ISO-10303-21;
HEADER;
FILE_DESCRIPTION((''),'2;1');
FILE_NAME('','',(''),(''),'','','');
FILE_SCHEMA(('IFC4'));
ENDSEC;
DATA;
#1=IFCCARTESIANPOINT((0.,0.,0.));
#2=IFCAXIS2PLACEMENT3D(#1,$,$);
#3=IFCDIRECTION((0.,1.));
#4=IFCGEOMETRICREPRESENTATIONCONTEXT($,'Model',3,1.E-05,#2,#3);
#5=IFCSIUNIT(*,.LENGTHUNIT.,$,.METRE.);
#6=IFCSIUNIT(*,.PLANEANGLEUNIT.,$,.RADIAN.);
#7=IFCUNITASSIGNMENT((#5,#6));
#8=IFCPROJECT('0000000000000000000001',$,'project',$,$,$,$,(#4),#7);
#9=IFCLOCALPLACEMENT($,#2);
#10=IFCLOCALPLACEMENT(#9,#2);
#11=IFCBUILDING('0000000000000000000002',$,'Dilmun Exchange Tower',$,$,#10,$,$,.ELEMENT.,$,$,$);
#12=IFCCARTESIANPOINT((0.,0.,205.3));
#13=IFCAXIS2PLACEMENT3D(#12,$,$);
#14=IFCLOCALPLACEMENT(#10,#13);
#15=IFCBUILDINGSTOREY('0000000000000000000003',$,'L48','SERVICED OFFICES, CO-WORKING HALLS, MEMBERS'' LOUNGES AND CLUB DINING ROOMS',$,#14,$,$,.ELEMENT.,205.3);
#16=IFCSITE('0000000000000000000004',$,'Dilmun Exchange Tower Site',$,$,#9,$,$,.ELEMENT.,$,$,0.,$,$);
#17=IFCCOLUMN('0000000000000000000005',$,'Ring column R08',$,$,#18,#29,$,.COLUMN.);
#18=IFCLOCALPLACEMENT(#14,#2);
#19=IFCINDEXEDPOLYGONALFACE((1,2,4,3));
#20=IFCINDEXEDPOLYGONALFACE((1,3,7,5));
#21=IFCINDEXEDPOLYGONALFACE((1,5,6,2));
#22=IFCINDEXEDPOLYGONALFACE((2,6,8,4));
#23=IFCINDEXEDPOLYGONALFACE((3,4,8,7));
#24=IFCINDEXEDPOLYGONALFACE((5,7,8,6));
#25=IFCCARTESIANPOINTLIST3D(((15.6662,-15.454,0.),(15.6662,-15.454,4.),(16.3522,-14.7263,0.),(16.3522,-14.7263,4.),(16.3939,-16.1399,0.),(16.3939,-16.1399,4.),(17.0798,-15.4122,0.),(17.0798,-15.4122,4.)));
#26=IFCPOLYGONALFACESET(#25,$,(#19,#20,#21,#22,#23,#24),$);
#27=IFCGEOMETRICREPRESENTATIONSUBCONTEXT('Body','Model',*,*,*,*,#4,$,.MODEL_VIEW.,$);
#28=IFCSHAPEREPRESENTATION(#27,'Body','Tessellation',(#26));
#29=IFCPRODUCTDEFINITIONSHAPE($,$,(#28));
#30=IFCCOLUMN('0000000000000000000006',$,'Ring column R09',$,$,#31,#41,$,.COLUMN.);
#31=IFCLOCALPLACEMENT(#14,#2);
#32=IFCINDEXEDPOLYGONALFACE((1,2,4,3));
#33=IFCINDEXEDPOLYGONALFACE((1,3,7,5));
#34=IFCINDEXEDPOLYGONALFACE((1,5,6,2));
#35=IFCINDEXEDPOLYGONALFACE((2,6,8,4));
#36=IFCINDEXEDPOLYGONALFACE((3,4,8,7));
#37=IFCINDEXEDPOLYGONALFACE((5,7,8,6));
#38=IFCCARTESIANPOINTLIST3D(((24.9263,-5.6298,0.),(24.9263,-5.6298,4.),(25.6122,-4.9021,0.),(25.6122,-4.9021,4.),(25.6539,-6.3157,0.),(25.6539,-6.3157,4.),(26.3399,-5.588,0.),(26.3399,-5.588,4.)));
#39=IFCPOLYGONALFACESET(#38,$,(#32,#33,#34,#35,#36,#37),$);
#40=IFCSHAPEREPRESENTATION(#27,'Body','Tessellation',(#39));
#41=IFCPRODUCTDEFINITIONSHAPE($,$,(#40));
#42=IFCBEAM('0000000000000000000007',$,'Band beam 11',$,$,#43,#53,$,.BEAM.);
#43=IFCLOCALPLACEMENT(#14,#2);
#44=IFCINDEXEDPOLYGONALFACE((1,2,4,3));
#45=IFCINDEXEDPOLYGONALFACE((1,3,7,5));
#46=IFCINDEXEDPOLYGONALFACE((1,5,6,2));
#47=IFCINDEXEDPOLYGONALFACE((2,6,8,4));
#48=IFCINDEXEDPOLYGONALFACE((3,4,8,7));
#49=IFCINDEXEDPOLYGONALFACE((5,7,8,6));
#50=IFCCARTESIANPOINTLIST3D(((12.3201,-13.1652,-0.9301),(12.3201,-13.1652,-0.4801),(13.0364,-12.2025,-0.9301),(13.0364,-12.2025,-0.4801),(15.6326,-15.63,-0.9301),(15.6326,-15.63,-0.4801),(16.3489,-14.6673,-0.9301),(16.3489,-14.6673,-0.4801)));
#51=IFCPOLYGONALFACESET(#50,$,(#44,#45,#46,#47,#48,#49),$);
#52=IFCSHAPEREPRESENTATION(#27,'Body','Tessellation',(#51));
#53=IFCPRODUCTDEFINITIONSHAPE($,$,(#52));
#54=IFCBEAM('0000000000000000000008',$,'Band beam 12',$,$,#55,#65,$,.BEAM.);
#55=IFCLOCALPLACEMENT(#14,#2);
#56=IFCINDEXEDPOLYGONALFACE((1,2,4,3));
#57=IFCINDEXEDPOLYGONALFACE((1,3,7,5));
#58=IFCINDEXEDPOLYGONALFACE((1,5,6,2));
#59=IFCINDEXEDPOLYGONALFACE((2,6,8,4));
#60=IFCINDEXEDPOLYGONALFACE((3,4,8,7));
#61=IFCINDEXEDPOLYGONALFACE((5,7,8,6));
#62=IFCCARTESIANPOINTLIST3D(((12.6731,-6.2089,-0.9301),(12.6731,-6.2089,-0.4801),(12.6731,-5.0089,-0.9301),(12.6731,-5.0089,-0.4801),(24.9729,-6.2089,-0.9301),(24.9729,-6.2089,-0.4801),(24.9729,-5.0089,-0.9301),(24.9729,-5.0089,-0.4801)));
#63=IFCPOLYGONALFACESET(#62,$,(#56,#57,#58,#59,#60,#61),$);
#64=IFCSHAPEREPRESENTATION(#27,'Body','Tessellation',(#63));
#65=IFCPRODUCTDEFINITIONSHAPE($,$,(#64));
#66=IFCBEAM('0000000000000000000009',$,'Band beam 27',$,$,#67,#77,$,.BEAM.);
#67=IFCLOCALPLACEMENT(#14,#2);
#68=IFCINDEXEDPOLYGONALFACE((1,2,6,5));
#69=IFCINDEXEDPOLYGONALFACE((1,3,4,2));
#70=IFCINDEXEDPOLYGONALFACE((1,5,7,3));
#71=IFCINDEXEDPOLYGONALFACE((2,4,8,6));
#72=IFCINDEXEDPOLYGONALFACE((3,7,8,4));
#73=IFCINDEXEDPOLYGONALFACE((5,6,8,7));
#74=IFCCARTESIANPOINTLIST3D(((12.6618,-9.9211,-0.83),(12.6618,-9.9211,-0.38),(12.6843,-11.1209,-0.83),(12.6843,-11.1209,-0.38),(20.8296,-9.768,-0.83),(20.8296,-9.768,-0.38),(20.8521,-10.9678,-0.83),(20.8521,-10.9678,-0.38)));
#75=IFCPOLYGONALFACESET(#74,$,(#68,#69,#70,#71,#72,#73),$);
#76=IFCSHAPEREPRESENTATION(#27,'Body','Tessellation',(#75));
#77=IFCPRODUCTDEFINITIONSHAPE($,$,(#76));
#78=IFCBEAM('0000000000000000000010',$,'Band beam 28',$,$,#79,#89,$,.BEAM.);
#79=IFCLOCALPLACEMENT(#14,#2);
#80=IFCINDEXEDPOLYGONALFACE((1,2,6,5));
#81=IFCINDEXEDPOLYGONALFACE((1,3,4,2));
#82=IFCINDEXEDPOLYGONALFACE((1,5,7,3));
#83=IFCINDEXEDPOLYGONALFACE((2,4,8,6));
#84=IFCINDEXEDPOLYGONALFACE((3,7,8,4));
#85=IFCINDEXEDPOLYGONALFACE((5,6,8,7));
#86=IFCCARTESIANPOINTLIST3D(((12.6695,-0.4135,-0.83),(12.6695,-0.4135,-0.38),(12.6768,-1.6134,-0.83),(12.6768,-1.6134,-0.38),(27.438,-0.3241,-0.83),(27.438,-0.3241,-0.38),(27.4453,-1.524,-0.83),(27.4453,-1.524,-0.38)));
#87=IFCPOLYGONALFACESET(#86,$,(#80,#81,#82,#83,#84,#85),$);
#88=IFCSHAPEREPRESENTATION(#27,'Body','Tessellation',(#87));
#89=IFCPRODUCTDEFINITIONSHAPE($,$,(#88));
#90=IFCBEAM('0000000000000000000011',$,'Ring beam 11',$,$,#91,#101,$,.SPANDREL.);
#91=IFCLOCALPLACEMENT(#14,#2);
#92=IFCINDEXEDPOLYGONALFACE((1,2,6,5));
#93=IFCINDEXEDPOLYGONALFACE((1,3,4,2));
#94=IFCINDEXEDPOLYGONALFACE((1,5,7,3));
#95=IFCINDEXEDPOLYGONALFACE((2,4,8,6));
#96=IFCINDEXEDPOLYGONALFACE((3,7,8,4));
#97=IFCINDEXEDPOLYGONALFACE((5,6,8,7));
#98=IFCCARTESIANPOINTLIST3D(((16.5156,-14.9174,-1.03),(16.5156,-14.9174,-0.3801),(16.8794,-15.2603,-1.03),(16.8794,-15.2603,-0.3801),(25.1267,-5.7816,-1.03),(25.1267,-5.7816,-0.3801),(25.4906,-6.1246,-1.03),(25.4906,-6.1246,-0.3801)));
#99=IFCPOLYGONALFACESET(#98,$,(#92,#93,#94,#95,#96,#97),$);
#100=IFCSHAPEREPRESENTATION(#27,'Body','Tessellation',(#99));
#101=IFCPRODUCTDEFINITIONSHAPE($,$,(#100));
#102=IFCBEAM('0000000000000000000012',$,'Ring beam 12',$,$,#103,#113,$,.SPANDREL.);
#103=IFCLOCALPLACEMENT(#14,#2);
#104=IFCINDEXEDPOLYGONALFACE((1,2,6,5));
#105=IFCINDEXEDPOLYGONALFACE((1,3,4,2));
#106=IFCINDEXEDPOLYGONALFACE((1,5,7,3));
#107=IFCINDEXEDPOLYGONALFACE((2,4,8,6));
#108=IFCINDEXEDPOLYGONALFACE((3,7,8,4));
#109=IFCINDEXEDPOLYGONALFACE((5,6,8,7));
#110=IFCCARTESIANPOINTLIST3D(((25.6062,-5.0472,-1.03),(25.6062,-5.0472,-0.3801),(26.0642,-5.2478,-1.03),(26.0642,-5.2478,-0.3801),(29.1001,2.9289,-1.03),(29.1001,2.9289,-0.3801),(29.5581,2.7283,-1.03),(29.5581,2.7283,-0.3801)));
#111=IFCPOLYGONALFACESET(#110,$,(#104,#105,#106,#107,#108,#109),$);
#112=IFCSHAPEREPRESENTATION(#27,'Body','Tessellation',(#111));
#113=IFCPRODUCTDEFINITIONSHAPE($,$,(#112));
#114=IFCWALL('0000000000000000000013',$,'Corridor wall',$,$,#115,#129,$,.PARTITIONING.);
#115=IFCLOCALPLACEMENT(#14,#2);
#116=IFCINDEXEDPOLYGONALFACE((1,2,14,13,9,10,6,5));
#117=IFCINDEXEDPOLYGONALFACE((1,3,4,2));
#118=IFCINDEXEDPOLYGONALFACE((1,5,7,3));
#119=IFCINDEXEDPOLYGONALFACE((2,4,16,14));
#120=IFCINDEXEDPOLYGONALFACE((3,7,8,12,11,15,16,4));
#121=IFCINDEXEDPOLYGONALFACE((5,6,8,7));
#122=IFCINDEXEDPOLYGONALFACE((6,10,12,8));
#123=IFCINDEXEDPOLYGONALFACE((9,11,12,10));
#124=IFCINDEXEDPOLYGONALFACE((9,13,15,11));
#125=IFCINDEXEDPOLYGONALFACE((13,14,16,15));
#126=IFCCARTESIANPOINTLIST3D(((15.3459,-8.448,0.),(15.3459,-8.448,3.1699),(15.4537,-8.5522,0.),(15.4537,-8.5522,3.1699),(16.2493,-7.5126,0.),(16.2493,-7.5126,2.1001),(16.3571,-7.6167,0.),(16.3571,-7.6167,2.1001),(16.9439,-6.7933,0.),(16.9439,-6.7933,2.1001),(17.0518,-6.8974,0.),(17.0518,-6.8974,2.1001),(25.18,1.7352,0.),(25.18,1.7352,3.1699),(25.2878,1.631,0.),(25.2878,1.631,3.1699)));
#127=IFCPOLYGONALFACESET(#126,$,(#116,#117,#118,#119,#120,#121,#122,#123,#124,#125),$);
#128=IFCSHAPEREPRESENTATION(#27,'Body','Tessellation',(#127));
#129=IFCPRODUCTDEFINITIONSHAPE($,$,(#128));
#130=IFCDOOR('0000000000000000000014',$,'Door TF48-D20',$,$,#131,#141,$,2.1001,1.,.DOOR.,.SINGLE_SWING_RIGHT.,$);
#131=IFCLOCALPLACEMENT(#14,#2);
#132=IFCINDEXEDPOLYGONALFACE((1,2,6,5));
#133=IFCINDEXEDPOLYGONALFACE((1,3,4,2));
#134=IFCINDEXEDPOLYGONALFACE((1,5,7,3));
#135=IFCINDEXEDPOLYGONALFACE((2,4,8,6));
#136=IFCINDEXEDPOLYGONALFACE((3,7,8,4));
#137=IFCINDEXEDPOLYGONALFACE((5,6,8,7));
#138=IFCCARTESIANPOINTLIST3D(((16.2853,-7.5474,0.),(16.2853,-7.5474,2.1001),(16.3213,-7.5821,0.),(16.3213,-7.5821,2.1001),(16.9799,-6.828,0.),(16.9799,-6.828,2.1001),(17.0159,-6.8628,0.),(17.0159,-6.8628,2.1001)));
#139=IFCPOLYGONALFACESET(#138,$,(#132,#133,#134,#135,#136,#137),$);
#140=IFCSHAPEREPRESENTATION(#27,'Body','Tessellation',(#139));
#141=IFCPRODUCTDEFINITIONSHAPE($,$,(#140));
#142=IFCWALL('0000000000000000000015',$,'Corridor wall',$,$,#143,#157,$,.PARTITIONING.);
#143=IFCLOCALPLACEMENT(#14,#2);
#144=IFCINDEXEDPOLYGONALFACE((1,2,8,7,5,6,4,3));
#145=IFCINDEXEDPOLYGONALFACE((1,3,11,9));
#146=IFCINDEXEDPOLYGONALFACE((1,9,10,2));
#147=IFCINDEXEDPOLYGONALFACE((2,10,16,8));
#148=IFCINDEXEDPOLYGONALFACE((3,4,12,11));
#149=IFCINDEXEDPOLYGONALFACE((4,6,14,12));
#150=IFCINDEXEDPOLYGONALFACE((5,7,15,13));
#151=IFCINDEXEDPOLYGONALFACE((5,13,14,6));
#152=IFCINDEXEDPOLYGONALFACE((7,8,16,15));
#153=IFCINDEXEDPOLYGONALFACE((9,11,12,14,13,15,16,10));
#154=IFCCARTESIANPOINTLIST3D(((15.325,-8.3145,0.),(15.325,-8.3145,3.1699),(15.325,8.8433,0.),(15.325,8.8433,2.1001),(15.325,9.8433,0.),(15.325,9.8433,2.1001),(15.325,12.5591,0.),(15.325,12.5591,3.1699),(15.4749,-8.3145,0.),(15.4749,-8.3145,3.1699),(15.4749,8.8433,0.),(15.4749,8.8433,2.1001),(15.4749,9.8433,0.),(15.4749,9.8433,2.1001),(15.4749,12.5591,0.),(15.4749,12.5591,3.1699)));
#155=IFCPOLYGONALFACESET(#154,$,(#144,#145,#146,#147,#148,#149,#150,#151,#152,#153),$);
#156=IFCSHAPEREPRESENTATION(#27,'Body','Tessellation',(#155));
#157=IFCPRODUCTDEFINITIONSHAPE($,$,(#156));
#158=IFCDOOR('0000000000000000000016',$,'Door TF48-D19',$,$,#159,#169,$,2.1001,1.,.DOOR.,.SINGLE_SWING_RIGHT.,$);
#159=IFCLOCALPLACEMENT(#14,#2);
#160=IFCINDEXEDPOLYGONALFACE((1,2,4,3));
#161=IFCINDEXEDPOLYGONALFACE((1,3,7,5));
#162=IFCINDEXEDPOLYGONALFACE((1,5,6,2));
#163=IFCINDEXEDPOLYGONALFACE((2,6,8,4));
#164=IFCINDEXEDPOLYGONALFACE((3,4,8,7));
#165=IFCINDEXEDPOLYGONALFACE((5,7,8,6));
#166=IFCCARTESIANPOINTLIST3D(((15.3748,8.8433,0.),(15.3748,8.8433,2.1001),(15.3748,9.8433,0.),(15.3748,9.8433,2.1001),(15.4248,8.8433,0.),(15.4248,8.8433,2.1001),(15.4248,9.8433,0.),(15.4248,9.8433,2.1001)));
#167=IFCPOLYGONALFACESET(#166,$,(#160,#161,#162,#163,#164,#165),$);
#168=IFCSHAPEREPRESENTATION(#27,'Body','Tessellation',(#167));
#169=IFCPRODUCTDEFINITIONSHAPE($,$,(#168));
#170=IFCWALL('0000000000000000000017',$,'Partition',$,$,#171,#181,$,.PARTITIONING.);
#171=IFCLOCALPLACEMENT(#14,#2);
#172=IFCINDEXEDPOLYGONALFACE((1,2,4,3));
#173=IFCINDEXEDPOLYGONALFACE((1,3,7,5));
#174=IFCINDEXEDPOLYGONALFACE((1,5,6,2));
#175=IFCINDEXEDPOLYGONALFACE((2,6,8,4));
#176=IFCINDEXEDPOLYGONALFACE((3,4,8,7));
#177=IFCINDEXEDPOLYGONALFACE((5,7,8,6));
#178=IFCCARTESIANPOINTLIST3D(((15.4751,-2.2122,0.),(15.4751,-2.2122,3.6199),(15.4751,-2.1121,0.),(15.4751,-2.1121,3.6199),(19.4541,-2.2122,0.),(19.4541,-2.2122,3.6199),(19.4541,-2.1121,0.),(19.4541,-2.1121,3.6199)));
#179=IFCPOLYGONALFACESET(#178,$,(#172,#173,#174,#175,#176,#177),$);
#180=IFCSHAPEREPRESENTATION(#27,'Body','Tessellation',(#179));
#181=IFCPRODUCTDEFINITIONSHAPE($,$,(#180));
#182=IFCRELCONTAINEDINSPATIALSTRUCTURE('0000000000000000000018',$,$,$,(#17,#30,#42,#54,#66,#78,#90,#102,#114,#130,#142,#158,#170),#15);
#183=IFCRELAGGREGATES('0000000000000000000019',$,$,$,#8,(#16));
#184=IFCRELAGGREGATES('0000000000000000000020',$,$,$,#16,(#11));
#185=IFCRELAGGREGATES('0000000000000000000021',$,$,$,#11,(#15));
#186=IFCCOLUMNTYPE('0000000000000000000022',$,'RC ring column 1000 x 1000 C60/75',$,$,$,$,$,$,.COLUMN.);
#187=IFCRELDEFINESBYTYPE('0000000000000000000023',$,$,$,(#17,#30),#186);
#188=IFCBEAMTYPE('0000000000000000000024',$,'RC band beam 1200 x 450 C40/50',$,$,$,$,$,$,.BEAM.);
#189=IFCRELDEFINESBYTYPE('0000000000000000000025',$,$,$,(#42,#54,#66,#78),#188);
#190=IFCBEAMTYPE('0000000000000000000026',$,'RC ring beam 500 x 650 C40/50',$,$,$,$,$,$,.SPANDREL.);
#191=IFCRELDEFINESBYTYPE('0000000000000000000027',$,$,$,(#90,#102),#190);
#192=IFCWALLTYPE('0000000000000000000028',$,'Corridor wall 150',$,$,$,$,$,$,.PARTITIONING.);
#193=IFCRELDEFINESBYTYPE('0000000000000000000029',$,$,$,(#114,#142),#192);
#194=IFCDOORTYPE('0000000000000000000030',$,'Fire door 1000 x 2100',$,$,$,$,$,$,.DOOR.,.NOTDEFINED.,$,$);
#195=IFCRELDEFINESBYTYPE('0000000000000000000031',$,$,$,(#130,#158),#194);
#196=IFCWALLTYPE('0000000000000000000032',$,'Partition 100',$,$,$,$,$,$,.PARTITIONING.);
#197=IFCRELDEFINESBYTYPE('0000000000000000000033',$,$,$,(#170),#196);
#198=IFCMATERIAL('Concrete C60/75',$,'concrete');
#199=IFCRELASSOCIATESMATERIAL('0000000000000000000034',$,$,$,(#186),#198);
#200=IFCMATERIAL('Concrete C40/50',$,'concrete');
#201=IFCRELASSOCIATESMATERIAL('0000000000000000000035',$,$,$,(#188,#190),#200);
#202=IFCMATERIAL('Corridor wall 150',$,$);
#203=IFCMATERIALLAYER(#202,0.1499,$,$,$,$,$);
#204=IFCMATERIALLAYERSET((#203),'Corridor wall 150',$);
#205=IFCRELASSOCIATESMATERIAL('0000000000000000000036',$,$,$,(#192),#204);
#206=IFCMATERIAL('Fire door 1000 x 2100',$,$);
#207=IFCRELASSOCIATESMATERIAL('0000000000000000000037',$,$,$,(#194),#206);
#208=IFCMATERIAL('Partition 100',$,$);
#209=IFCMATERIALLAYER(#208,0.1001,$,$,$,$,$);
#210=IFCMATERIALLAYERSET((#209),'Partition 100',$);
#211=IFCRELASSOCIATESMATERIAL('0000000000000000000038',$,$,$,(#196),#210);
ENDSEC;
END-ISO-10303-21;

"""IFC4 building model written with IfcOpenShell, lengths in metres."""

from ifc_helpers import new_model, si_unit, direction, frame, frame_2d, origin, origin_2d, place, context, subcontext, project, spatial, rectangle, extrude, material, layer, layer_set, material_profile, profile_set, type_object, element, fill, save


model = new_model("IFC4")

# Units and contexts
model_context = context("Model", 3, precision=1e-05, world=origin(), true_north=direction((0.0, 1.0)))
body_context = subcontext(model_context, "Body", "Model", "MODEL_VIEW")
ifc_project = project(units=[si_unit("LENGTHUNIT", "METRE"), si_unit("PLANEANGLEUNIT", "RADIAN")], contexts=[model_context])

# Site, building, storey
site_placement = place(None, origin())
site = spatial("IfcSite", under=ifc_project, at=site_placement, Name="Dilmun Exchange Tower Site", CompositionType="ELEMENT", RefElevation=0.0)
building_placement = place(site_placement, origin())
building = spatial("IfcBuilding", under=site, at=building_placement, Name="Dilmun Exchange Tower", CompositionType="ELEMENT")
storey_placement = place(building_placement, frame((0.0, 0.0, 205.3)))
storey = spatial("IfcBuildingStorey", under=building, at=storey_placement, Name="L48", Description="SERVICED OFFICES, CO-WORKING HALLS, MEMBERS' LOUNGES AND CLUB DINING ROOMS", CompositionType="ELEMENT", Elevation=205.3)

# Columns
ifc_material_1 = material(Name="Concrete C60/75", Category="concrete")
ifc_material_profile_1 = material_profile(ifc_material_1, rectangle(XDim=1.0, YDim=1.0, at=origin_2d()), Name="1000 x 1000")
ifc_profile_set_1 = profile_set([ifc_material_profile_1], Name="Concrete C60/75")
column_type = type_object("IfcColumnType", Name="RC ring column 1000 x 1000 C60/75", PredefinedType="COLUMN", material=ifc_profile_set_1)
for number, where, z_axis, x_axis, name in (
    (1, (16.373, -15.4331, 0.0), (0.0, 0.0, 1.0), (0.685916, 0.727681, 0.0), "Ring column R08"),
    (2, (25.6331, -5.6089, 0.0), (0.0, 0.0, 1.0), (0.685916, 0.727681, 0.0), "Ring column R09"),
):
    element("IfcColumn", number, at=place(storey_placement, frame(where, z_axis=z_axis, x_axis=x_axis)), inside=storey, type_object=column_type, Name=name, PredefinedType="COLUMN", context=body_context, shape_type="SweptSolid", body=[
        extrude(rectangle(XDim=1.0, YDim=1.0, at=origin_2d()), origin(), (0.0, 0.0, 1.0), 4.0),
    ])

# Beams
ifc_material_2 = material(Name="Concrete C40/50", Category="concrete")
ifc_material_profile_2 = material_profile(ifc_material_2, rectangle(XDim=1.2, YDim=0.45, at=origin_2d()), Name="1200 x 450")
ifc_profile_set_2 = profile_set([ifc_material_profile_2], Name="Concrete C40/50")
beam_type_1 = type_object("IfcBeamType", Name="RC band beam 1200 x 450 C40/50", PredefinedType="BEAM", material=ifc_profile_set_2)
beam_1_placement = place(storey_placement, frame((15.9907, -15.1487, -0.7051), z_axis=(-0.802265, 0.596968, 0.0), x_axis=(-0.596968, -0.802265, 0.0)))
element("IfcBeam", 3, at=beam_1_placement, inside=storey, type_object=beam_type_1, Name="Band beam 11", PredefinedType="BEAM", context=body_context, shape_type="SweptSolid", body=[
    extrude(rectangle(XDim=1.2, YDim=0.45, at=origin_2d()), origin(), (0.0, 0.0, 1.0), 4.1289),
])
beam_2_placement = place(storey_placement, frame((24.9729, -5.6089, -0.7051), z_axis=(-1.0, 0.0, 0.0), x_axis=(0.0, -1.0, 0.0)))
element("IfcBeam", 4, at=beam_2_placement, inside=storey, type_object=beam_type_1, Name="Band beam 12", PredefinedType="BEAM", context=body_context, shape_type="SweptSolid", body=[
    extrude(rectangle(XDim=1.2, YDim=0.45, at=origin_2d()), origin(), (0.0, 0.0, 1.0), 12.2998),
])
beam_3_placement = place(storey_placement, frame((20.8408, -10.3679, -0.605), z_axis=(-0.999824, -0.018738, 0.0), x_axis=(0.018738, -0.999824, 0.0)))
element("IfcBeam", 5, at=beam_3_placement, inside=storey, type_object=beam_type_1, Name="Band beam 27", PredefinedType="BEAM", context=body_context, shape_type="SweptSolid", body=[
    extrude(rectangle(XDim=1.2, YDim=0.45, at=origin_2d()), origin(), (0.0, 0.0, 1.0), 8.1692),
])
beam_4_placement = place(storey_placement, frame((27.4417, -0.9241, -0.605), z_axis=(-0.999982, -0.00605, 0.0), x_axis=(0.00605, -0.999982, 0.0)))
element("IfcBeam", 6, at=beam_4_placement, inside=storey, type_object=beam_type_1, Name="Band beam 28", PredefinedType="BEAM", context=body_context, shape_type="SweptSolid", body=[
    extrude(rectangle(XDim=1.2, YDim=0.45, at=origin_2d()), origin(), (0.0, 0.0, 1.0), 14.7688),
])
ifc_material_profile_3 = material_profile(ifc_material_2, rectangle(XDim=0.5, YDim=0.6499, at=origin_2d()), Name="500 x 650")
ifc_profile_set_3 = profile_set([ifc_material_profile_3], Name="Concrete C40/50")
beam_type_2 = type_object("IfcBeamType", Name="RC ring beam 500 x 650 C40/50", PredefinedType="SPANDREL", material=ifc_profile_set_3)
beam_5_placement = place(storey_placement, frame((16.6975, -15.0889, -0.7051), z_axis=(0.685903, 0.727693, 0.0), x_axis=(-0.727693, 0.685903, 0.0)))
element("IfcBeam", 7, at=beam_5_placement, inside=storey, type_object=beam_type_2, Name="Ring beam 11", PredefinedType="SPANDREL", context=body_context, shape_type="SweptSolid", body=[
    extrude(rectangle(XDim=0.5, YDim=0.6499, at=origin_2d()), origin(), (0.0, 0.0, 1.0), 12.5544),
])
beam_6_placement = place(storey_placement, frame((25.8352, -5.1475, -0.7051), z_axis=(0.401239, 0.915973, 0.0), x_axis=(-0.915973, 0.401239, 0.0)))
element("IfcBeam", 8, at=beam_6_placement, inside=storey, type_object=beam_type_2, Name="Ring beam 12", PredefinedType="SPANDREL", context=body_context, shape_type="SweptSolid", body=[
    extrude(rectangle(XDim=0.5, YDim=0.6499, at=origin_2d()), origin(), (0.0, 0.0, 1.0), 8.7078),
])

# Walls, openings, doors
ifc_material_3 = material(Name="Corridor wall 150")
ifc_layer_1 = layer(ifc_material_3, 0.1499)
ifc_layer_set_1 = layer_set([ifc_layer_1], Name="Corridor wall 150")
wall_type_1 = type_object("IfcWallType", Name="Corridor wall 150", PredefinedType="PARTITIONING", material=ifc_layer_set_1)
wall_1_placement = place(storey_placement, frame((15.3999, -8.5, 0.0), z_axis=(0.0, 0.0, 1.0), x_axis=(0.694668, 0.71933, 0.0)))
wall_1 = element("IfcWall", 9, at=wall_1_placement, inside=storey, type_object=wall_type_1, Name="Corridor wall", PredefinedType="PARTITIONING", context=body_context, shape_type="SweptSolid", body=[
    extrude(rectangle(XDim=14.1565, YDim=0.1499, at=frame_2d((7.0781, 0.0))), origin(), (0.0, 0.0, 1.0), 3.1699),
])
opening_1_placement = place(wall_1_placement, frame((1.3003, 0.0, 0.0)))
opening_1 = element("IfcOpeningElement", 10, at=opening_1_placement, cuts=wall_1, PredefinedType="OPENING", context=body_context, shape_type="SweptSolid", body=[
    extrude(rectangle(XDim=1.0, YDim=2.1001, at=frame_2d((0.5, 1.05))), frame((0.0, 0.085, 0.0), z_axis=(0.0, -1.0, 0.0), x_axis=(1.0, 0.0, 0.0)), (0.0, 0.0, 1.0), 0.1699),
])
ifc_material_4 = material(Name="Fire door 1000 x 2100")
door_type_1 = type_object("IfcDoorType", Name="Fire door 1000 x 2100", OperationType="NOTDEFINED", PredefinedType="DOOR", material=ifc_material_4)
door_1_placement = place(opening_1_placement, origin())
door_1 = element("IfcDoor", 11, at=door_1_placement, inside=storey, type_object=door_type_1, Name="Door TF48-D20", OperationType="SINGLE_SWING_RIGHT", OverallHeight=2.1001, OverallWidth=1.0, PredefinedType="DOOR", context=body_context, shape_type="SweptSolid", body=[
    extrude(rectangle(XDim=1.0, YDim=2.1001, at=frame_2d((0.5, 1.05))), frame((0.0, 0.0249, 0.0), z_axis=(0.0, -1.0, 0.0), x_axis=(1.0, 0.0, 0.0)), (0.0, 0.0, 1.0), 0.05),
])
fill(opening_1, door_1)
wall_2_placement = place(storey_placement, frame((15.3999, -8.3145, 0.0), z_axis=(0.0, 0.0, 1.0), x_axis=(0.0, 1.0, 0.0)))
wall_2 = element("IfcWall", 12, at=wall_2_placement, inside=storey, type_object=wall_type_1, Name="Corridor wall", PredefinedType="PARTITIONING", context=body_context, shape_type="SweptSolid", body=[
    extrude(rectangle(XDim=20.8735, YDim=0.1499, at=frame_2d((10.4368, 0.0))), origin(), (0.0, 0.0, 1.0), 3.1699),
])
opening_2_placement = place(wall_2_placement, frame((17.1577, 0.0, 0.0)))
opening_2 = element("IfcOpeningElement", 13, at=opening_2_placement, cuts=wall_2, PredefinedType="OPENING", context=body_context, shape_type="SweptSolid", body=[
    extrude(rectangle(XDim=1.0, YDim=2.1001, at=frame_2d((0.5, 1.05))), frame((0.0, 0.085, 0.0), z_axis=(0.0, -1.0, 0.0), x_axis=(1.0, 0.0, 0.0)), (0.0, 0.0, 1.0), 0.1699),
])
door_2_placement = place(opening_2_placement, frame((1.0, 0.0, 0.0), z_axis=(0.0, 0.0, 1.0), x_axis=(-1.0, 0.0, 0.0)))
door_2 = element("IfcDoor", 14, at=door_2_placement, inside=storey, type_object=door_type_1, Name="Door TF48-D19", OperationType="SINGLE_SWING_RIGHT", OverallHeight=2.1001, OverallWidth=1.0, PredefinedType="DOOR", context=body_context, shape_type="SweptSolid", body=[
    extrude(rectangle(XDim=1.0, YDim=2.1001, at=frame_2d((0.5, 1.05))), frame((0.0, 0.0249, 0.0), z_axis=(0.0, -1.0, 0.0), x_axis=(1.0, 0.0, 0.0)), (0.0, 0.0, 1.0), 0.05),
])
fill(opening_2, door_2)

# Wall
ifc_material_5 = material(Name="Partition 100")
ifc_layer_2 = layer(ifc_material_5, 0.1001)
ifc_layer_set_2 = layer_set([ifc_layer_2], Name="Partition 100")
wall_type_2 = type_object("IfcWallType", Name="Partition 100", PredefinedType="PARTITIONING", material=ifc_layer_set_2)
wall_3_placement = place(storey_placement, frame((15.4751, -2.1621, 0.0), z_axis=(0.0, 0.0, 1.0), x_axis=(1.0, 0.0, 0.0)))
element("IfcWall", 15, at=wall_3_placement, inside=storey, type_object=wall_type_2, Name="Partition", PredefinedType="PARTITIONING", context=body_context, shape_type="SweptSolid", body=[
    extrude(rectangle(XDim=3.979, YDim=0.1001, at=frame_2d((1.9895, 0.0))), origin(), (0.0, 0.0, 1.0), 3.6199),
])

save(model, "model.ifc")
